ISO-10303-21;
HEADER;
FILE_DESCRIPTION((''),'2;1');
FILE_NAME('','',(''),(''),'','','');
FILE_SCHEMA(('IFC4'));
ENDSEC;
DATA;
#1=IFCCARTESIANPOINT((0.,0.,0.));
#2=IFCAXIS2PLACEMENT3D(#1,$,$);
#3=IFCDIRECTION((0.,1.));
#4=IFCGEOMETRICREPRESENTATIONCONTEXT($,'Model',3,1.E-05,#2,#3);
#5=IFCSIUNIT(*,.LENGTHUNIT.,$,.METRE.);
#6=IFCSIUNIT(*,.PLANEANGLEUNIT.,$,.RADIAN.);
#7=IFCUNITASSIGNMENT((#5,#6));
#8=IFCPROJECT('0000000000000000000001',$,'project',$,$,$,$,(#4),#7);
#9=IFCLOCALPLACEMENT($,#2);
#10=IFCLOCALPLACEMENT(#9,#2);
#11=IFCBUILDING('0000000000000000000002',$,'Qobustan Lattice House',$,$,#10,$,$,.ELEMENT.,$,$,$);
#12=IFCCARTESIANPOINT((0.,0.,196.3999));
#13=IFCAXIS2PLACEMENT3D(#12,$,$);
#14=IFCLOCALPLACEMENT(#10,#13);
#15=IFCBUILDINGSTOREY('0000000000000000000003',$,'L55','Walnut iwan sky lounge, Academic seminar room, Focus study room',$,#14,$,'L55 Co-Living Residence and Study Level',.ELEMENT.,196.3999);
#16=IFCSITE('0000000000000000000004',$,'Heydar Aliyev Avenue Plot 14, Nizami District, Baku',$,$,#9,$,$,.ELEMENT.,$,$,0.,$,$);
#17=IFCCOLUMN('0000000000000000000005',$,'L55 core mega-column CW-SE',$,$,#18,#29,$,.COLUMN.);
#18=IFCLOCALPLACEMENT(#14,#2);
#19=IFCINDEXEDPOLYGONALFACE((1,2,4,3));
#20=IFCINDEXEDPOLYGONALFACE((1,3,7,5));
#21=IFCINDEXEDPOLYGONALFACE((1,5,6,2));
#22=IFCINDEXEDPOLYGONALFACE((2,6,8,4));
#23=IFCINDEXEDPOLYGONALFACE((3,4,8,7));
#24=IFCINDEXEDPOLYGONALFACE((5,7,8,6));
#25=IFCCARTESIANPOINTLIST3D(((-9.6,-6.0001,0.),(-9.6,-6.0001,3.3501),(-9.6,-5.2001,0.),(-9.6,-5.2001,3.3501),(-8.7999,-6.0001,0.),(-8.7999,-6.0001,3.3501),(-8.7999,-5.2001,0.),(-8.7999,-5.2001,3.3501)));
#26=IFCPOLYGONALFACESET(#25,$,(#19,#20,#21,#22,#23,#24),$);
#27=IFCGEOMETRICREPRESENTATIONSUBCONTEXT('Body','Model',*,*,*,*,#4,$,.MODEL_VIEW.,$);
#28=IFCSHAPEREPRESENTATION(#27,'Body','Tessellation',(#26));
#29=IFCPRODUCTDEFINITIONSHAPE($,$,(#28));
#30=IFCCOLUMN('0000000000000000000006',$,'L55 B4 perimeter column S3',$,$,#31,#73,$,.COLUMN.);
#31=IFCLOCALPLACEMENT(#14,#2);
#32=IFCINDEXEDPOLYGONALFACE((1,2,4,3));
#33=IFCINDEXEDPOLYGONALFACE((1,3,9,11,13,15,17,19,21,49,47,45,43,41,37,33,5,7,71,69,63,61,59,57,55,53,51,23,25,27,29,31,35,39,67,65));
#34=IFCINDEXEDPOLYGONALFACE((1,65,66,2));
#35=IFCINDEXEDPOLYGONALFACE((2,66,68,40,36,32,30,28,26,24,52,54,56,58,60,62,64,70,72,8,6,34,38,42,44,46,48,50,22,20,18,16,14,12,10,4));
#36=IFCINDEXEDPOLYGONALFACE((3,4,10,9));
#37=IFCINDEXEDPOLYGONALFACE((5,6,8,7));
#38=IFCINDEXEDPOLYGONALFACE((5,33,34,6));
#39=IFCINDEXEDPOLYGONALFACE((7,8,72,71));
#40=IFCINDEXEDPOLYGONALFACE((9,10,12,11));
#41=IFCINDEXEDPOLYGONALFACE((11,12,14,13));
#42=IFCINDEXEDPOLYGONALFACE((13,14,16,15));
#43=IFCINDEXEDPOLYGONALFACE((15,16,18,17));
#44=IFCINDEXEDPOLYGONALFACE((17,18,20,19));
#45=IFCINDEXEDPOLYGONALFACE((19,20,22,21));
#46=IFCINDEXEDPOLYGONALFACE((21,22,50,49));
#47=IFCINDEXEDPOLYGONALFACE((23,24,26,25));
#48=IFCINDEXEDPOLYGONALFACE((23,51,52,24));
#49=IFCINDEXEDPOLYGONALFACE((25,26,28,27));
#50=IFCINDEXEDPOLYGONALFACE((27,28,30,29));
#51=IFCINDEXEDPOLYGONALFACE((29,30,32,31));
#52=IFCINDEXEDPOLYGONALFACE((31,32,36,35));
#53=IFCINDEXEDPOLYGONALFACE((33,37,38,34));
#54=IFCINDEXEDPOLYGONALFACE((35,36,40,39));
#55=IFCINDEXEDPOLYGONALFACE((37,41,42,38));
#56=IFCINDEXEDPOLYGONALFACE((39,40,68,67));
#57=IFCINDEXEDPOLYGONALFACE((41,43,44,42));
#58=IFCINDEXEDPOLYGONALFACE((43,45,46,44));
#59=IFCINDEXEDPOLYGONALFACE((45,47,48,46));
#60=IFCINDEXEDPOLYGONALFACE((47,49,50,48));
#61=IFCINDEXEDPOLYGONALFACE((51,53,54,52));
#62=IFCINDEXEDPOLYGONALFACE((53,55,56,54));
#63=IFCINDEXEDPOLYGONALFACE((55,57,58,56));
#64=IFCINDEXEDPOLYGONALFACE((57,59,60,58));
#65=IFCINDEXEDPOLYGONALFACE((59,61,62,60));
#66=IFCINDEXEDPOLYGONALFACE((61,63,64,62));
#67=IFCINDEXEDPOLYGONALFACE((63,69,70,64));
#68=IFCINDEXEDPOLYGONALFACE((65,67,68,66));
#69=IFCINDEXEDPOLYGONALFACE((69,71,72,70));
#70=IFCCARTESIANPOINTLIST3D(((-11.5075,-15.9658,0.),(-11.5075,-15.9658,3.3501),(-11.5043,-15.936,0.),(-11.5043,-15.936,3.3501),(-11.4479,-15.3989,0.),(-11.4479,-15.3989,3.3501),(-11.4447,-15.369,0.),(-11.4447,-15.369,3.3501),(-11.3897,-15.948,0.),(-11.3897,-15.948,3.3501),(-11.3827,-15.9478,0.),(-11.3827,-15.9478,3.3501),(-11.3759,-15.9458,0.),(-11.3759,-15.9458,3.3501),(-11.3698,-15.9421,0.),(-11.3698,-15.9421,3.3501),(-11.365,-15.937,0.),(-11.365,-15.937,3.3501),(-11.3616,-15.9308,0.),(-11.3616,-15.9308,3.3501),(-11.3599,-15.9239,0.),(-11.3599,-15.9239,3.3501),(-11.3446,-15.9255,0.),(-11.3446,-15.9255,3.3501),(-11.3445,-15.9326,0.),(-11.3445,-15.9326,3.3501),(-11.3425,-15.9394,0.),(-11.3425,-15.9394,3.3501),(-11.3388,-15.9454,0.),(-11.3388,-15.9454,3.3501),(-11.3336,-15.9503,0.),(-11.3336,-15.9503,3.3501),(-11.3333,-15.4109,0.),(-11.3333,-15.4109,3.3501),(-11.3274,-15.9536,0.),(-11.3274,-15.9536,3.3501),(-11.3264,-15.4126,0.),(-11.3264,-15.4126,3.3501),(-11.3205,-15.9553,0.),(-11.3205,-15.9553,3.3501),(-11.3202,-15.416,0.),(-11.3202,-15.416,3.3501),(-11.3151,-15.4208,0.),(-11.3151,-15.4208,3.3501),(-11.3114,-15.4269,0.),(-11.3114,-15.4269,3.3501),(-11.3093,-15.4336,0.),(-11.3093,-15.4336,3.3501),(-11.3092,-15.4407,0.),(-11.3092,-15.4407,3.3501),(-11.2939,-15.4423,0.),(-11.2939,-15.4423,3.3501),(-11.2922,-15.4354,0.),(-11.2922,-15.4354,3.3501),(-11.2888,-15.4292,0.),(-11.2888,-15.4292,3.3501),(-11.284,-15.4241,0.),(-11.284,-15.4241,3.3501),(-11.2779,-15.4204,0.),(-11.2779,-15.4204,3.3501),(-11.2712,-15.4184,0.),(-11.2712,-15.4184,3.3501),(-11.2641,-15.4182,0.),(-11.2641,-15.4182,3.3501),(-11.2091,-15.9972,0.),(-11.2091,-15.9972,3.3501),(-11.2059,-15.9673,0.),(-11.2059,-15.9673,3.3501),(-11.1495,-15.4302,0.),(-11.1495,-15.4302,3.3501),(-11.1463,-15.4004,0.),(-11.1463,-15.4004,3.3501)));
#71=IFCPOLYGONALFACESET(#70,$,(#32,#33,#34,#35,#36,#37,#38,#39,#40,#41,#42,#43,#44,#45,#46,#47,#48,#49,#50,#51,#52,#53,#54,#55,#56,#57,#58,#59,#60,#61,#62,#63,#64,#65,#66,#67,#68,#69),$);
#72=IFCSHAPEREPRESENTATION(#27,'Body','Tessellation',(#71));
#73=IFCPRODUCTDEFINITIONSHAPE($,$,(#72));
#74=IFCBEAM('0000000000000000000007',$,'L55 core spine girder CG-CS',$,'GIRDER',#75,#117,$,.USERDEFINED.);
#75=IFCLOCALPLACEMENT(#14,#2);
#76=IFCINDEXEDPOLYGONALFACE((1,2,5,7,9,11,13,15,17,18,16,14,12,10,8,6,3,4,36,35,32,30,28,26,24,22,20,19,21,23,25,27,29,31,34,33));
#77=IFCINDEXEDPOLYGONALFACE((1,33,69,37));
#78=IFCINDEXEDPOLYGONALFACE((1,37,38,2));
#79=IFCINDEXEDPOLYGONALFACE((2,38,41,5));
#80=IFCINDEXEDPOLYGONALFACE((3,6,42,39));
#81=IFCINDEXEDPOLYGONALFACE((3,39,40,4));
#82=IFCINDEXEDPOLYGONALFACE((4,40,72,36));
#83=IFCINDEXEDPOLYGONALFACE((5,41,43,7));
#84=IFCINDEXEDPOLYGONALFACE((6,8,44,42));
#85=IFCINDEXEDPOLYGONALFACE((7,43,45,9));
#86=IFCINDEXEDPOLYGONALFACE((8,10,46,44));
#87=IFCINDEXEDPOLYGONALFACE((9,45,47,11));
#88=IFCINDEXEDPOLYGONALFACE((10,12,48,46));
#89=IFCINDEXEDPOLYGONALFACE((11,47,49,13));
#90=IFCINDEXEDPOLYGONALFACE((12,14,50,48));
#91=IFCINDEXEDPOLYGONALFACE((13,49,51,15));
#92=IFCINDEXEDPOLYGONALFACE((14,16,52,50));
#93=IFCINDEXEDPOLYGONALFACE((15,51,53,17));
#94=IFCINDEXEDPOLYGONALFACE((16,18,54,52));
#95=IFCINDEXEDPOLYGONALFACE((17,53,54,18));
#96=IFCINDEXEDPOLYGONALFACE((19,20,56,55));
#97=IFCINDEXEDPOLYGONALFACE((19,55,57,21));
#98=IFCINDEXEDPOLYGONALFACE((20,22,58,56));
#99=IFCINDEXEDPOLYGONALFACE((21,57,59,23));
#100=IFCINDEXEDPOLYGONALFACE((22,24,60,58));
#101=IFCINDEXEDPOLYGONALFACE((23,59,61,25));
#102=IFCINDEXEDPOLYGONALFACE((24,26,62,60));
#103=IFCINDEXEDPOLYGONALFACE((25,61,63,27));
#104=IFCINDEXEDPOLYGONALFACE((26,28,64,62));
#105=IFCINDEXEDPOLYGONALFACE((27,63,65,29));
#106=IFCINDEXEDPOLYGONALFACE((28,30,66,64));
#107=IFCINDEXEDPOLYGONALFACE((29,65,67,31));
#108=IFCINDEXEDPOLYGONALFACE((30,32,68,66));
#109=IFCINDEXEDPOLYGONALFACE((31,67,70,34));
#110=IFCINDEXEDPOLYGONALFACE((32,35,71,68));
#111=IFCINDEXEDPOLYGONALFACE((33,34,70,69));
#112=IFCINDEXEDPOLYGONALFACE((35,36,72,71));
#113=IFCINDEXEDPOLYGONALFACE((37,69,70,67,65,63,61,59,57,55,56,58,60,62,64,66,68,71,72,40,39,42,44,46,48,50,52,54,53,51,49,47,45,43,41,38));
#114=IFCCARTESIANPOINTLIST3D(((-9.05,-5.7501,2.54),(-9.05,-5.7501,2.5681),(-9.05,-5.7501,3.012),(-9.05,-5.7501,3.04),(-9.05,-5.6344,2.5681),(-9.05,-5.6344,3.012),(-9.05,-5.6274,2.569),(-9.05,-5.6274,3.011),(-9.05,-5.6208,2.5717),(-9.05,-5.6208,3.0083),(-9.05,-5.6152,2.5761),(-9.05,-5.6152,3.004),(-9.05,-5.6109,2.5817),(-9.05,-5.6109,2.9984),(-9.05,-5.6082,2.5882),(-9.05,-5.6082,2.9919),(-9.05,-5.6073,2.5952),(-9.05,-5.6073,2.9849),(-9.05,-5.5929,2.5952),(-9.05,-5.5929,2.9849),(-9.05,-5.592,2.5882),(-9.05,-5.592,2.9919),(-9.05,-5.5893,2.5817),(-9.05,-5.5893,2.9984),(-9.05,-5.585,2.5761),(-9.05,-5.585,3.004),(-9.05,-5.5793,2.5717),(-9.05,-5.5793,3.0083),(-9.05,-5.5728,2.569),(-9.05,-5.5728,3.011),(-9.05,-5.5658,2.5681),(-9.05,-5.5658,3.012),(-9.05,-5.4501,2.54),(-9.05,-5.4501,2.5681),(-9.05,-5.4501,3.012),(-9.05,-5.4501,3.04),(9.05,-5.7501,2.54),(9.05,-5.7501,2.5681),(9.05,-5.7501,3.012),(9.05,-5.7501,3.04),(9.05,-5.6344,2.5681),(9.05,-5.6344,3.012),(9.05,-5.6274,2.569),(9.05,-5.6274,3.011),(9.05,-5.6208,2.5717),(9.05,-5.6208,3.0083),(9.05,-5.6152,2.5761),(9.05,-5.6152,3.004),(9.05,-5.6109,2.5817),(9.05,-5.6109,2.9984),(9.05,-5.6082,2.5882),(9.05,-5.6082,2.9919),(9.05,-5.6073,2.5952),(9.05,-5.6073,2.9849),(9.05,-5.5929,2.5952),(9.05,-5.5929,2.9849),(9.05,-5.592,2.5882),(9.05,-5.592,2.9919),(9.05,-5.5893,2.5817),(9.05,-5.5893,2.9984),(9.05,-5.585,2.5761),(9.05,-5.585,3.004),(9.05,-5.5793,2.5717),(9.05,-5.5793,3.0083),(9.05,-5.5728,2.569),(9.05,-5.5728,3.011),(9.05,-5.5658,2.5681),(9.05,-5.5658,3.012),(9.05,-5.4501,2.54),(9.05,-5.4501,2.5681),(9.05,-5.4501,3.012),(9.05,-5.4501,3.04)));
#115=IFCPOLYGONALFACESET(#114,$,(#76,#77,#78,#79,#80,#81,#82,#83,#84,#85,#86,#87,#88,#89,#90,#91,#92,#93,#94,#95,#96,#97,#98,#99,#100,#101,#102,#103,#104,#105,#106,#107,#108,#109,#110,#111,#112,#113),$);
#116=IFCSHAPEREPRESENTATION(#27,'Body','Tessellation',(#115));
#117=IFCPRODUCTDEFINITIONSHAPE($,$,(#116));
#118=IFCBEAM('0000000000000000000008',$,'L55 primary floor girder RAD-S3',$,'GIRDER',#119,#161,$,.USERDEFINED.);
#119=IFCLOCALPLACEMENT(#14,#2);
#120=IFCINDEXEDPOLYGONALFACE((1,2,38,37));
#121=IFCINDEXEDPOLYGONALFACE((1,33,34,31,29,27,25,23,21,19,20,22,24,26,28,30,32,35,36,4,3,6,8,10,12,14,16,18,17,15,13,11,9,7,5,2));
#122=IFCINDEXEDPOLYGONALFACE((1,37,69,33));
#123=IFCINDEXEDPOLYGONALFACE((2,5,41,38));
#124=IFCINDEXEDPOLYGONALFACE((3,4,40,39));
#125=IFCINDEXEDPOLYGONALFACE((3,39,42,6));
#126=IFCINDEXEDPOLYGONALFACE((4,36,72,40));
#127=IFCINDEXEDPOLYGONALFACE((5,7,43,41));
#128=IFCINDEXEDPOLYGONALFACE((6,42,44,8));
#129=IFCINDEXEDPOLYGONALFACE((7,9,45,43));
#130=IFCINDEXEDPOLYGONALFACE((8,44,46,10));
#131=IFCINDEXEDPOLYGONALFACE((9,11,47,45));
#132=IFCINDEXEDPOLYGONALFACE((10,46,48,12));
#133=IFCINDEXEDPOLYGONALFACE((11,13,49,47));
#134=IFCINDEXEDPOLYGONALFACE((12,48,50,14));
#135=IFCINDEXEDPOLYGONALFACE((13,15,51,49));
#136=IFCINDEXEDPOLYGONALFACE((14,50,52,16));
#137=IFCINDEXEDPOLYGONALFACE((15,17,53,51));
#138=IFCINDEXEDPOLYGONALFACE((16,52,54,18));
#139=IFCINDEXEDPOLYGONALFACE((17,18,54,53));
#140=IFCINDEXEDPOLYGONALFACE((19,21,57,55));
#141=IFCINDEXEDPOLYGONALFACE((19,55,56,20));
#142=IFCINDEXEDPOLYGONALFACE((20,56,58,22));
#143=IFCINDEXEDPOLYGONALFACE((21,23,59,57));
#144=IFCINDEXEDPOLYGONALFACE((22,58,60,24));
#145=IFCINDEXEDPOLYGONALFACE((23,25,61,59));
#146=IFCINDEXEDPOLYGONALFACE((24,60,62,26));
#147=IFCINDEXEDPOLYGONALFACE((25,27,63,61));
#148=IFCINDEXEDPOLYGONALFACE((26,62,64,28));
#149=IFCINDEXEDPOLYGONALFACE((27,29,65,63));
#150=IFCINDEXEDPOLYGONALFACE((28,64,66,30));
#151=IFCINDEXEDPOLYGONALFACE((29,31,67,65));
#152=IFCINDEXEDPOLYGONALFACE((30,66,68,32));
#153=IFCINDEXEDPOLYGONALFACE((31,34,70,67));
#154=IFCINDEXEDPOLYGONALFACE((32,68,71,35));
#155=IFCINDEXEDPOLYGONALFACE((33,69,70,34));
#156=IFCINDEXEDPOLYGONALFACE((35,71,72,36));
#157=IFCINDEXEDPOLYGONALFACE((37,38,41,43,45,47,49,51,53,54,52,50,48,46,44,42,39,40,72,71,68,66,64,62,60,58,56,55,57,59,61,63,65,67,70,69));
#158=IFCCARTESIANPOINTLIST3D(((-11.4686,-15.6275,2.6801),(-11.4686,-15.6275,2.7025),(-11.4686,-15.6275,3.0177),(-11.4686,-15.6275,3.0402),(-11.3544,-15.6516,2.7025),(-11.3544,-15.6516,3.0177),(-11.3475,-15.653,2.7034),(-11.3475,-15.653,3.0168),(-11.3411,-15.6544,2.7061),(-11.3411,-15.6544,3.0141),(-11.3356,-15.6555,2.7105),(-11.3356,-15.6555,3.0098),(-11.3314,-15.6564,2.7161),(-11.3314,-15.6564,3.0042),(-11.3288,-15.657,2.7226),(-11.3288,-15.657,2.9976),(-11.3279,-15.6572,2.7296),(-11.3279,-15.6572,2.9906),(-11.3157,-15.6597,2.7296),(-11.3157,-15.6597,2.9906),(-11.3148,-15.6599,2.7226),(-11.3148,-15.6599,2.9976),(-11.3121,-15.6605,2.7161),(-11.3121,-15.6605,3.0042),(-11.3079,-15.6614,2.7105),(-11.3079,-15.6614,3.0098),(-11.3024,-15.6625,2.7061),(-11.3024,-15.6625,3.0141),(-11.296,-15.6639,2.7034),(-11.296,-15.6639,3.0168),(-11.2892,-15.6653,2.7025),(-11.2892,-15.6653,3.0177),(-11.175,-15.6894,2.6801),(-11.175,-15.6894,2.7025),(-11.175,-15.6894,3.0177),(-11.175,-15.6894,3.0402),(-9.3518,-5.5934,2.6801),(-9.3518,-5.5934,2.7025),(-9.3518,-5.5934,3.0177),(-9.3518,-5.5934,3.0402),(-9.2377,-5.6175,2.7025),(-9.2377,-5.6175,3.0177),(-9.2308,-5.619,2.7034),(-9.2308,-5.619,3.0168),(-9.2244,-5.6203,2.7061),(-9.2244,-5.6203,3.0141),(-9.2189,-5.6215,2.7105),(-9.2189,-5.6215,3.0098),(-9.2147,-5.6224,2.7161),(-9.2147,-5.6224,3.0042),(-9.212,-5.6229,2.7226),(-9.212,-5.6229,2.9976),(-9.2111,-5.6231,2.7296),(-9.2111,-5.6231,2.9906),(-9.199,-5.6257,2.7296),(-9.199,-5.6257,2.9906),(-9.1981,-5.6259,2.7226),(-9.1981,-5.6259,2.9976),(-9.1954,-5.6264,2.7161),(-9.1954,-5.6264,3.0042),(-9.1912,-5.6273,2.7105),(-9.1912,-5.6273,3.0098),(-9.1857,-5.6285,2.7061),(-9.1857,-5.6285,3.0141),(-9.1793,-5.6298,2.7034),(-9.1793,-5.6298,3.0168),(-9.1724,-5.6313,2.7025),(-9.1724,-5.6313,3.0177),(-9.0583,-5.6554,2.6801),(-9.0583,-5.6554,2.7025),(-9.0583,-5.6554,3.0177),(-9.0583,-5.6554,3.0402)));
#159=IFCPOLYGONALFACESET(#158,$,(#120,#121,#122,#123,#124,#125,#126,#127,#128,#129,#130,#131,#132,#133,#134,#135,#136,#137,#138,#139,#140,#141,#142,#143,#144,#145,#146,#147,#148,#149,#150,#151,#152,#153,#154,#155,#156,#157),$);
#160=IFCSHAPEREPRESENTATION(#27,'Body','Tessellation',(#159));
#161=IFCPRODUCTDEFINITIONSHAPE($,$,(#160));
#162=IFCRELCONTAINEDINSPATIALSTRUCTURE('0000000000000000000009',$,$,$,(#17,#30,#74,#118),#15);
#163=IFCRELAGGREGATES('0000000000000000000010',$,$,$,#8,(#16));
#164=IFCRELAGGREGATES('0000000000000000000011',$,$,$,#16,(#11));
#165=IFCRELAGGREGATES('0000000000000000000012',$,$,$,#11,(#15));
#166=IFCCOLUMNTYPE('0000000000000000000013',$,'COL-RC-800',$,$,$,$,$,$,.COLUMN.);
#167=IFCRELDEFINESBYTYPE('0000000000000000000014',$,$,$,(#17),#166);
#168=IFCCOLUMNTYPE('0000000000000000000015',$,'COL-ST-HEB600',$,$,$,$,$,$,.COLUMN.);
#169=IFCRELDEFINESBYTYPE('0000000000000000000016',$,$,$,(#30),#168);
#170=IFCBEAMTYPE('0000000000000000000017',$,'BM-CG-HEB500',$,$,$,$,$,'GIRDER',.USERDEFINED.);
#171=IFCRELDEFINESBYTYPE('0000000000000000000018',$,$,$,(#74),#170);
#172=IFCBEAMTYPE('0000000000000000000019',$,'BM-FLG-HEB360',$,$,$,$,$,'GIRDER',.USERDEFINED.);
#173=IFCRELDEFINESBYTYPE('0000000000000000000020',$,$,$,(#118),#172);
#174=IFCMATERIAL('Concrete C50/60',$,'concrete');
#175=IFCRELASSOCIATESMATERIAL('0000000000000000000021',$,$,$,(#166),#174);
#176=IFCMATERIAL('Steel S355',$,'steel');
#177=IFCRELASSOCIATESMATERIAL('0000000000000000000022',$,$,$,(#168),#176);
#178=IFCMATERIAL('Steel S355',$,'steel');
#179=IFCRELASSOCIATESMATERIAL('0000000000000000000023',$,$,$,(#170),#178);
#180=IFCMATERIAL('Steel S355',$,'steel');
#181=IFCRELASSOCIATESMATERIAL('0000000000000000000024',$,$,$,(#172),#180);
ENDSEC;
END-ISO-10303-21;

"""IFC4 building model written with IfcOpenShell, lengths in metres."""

from ifc_helpers import new_model, si_unit, direction, frame, origin, origin_2d, place, context, subcontext, project, spatial, rectangle, i_section, extrude, material, material_profile, profile_set, type_object, element, save


model = new_model("IFC4")

# Units and contexts
model_context = context("Model", 3, precision=1e-05, world=origin(), true_north=direction((0.0, 1.0)))
body_context = subcontext(model_context, "Body", "Model", "MODEL_VIEW")
ifc_project = project(units=[si_unit("LENGTHUNIT", "METRE"), si_unit("PLANEANGLEUNIT", "RADIAN")], contexts=[model_context])

# Site, building, storey
site_placement = place(None, origin())
site = spatial("IfcSite", under=ifc_project, at=site_placement, Name="Heydar Aliyev Avenue Plot 14, Nizami District, Baku", CompositionType="ELEMENT", RefElevation=0.0)
building_placement = place(site_placement, origin())
building = spatial("IfcBuilding", under=site, at=building_placement, Name="Qobustan Lattice House", CompositionType="ELEMENT")
storey_placement = place(building_placement, frame((0.0, 0.0, 196.3999)))
storey = spatial("IfcBuildingStorey", under=building, at=storey_placement, Name="L55", Description="Walnut iwan sky lounge, Academic seminar room, Focus study room", LongName="L55 Co-Living Residence and Study Level", CompositionType="ELEMENT", Elevation=196.3999)

# Columns
ifc_material_1 = material(Name="Concrete C50/60", Category="concrete")
ifc_material_profile_1 = material_profile(ifc_material_1, rectangle(XDim=0.8, YDim=0.8, at=origin_2d()), Name="RC800x800")
ifc_profile_set_1 = profile_set([ifc_material_profile_1], Name="Concrete C50/60")
column_type_1 = type_object("IfcColumnType", Name="COL-RC-800", PredefinedType="COLUMN", material=ifc_profile_set_1)
column_1_placement = place(storey_placement, frame((-9.2, -5.6001, 0.0), z_axis=(0.0, 0.0, 1.0), x_axis=(1.0, 0.0, 0.0)))
element("IfcColumn", 1, at=column_1_placement, inside=storey, type_object=column_type_1, Name="L55 core mega-column CW-SE", PredefinedType="COLUMN", context=body_context, shape_type="SweptSolid", body=[
    extrude(rectangle(XDim=0.8, YDim=0.8, at=origin_2d()), origin(), (0.0, 0.0, 1.0), 3.3501),
])
ifc_material_2 = material(Name="Steel S355", Category="steel")
ifc_material_profile_2 = material_profile(ifc_material_2, i_section(OverallWidth=0.3, OverallDepth=0.6001, WebThickness=0.0154, FlangeThickness=0.03, FilletRadius=0.0271, at=origin_2d()), Name="HEB600")
ifc_profile_set_2 = profile_set([ifc_material_profile_2], Name="Steel S355")
column_type_2 = type_object("IfcColumnType", Name="COL-ST-HEB600", PredefinedType="COLUMN", material=ifc_profile_set_2)
column_2_placement = place(storey_placement, frame((-11.3269, -15.6831, 0.0), z_axis=(0.0, 0.0, 1.0), x_axis=(0.994522, -0.104528, 0.0)))
element("IfcColumn", 2, at=column_2_placement, inside=storey, type_object=column_type_2, Name="L55 B4 perimeter column S3", PredefinedType="COLUMN", context=body_context, shape_type="SweptSolid", body=[
    extrude(i_section(OverallWidth=0.3, OverallDepth=0.6001, WebThickness=0.0154, FlangeThickness=0.03, FilletRadius=0.0271, at=origin_2d()), origin(), (0.0, 0.0, 1.0), 3.3501),
])

# Beams
ifc_material_3 = material(Name="Steel S355", Category="steel")
ifc_material_profile_3 = material_profile(ifc_material_3, i_section(OverallWidth=0.3, OverallDepth=0.5, WebThickness=0.0144, FlangeThickness=0.0281, FilletRadius=0.0271, at=origin_2d()), Name="HEB500")
ifc_profile_set_3 = profile_set([ifc_material_profile_3], Name="Steel S355")
beam_type_1 = type_object("IfcBeamType", Name="BM-CG-HEB500", ElementType="GIRDER", PredefinedType="USERDEFINED", material=ifc_profile_set_3)
beam_1_placement = place(storey_placement, frame((-9.05, -5.6001, 2.79), z_axis=(1.0, 0.0, 0.0), x_axis=(0.0, 1.0, 0.0)))
element("IfcBeam", 3, at=beam_1_placement, inside=storey, type_object=beam_type_1, Name="L55 core spine girder CG-CS", ObjectType="GIRDER", PredefinedType="USERDEFINED", context=body_context, shape_type="SweptSolid", body=[
    extrude(i_section(OverallWidth=0.3, OverallDepth=0.5, WebThickness=0.0144, FlangeThickness=0.0281, FilletRadius=0.0271, at=origin_2d()), origin(), (0.0, 0.0, 1.0), 18.1001),
])
ifc_material_4 = material(Name="Steel S355", Category="steel")
ifc_material_profile_4 = material_profile(ifc_material_4, i_section(OverallWidth=0.3, OverallDepth=0.3601, WebThickness=0.0125, FlangeThickness=0.0225, FilletRadius=0.0271, at=origin_2d()), Name="HEB360")
ifc_profile_set_4 = profile_set([ifc_material_profile_4], Name="Steel S355")
beam_type_2 = type_object("IfcBeamType", Name="BM-FLG-HEB360", ElementType="GIRDER", PredefinedType="USERDEFINED", material=ifc_profile_set_4)
beam_2_placement = place(storey_placement, frame((-11.3218, -15.6584, 2.8601), z_axis=(0.206411, 0.978465, 0.0), x_axis=(-0.978465, 0.206411, 0.0)))
element("IfcBeam", 4, at=beam_2_placement, inside=storey, type_object=beam_type_2, Name="L55 primary floor girder RAD-S3", ObjectType="GIRDER", PredefinedType="USERDEFINED", context=body_context, shape_type="SweptSolid", body=[
    extrude(i_section(OverallWidth=0.3, OverallDepth=0.3601, WebThickness=0.0125, FlangeThickness=0.0225, FilletRadius=0.0271, at=origin_2d()), origin(), (0.0, 0.0, 1.0), 10.2549),
])

save(model, "model.ifc")
